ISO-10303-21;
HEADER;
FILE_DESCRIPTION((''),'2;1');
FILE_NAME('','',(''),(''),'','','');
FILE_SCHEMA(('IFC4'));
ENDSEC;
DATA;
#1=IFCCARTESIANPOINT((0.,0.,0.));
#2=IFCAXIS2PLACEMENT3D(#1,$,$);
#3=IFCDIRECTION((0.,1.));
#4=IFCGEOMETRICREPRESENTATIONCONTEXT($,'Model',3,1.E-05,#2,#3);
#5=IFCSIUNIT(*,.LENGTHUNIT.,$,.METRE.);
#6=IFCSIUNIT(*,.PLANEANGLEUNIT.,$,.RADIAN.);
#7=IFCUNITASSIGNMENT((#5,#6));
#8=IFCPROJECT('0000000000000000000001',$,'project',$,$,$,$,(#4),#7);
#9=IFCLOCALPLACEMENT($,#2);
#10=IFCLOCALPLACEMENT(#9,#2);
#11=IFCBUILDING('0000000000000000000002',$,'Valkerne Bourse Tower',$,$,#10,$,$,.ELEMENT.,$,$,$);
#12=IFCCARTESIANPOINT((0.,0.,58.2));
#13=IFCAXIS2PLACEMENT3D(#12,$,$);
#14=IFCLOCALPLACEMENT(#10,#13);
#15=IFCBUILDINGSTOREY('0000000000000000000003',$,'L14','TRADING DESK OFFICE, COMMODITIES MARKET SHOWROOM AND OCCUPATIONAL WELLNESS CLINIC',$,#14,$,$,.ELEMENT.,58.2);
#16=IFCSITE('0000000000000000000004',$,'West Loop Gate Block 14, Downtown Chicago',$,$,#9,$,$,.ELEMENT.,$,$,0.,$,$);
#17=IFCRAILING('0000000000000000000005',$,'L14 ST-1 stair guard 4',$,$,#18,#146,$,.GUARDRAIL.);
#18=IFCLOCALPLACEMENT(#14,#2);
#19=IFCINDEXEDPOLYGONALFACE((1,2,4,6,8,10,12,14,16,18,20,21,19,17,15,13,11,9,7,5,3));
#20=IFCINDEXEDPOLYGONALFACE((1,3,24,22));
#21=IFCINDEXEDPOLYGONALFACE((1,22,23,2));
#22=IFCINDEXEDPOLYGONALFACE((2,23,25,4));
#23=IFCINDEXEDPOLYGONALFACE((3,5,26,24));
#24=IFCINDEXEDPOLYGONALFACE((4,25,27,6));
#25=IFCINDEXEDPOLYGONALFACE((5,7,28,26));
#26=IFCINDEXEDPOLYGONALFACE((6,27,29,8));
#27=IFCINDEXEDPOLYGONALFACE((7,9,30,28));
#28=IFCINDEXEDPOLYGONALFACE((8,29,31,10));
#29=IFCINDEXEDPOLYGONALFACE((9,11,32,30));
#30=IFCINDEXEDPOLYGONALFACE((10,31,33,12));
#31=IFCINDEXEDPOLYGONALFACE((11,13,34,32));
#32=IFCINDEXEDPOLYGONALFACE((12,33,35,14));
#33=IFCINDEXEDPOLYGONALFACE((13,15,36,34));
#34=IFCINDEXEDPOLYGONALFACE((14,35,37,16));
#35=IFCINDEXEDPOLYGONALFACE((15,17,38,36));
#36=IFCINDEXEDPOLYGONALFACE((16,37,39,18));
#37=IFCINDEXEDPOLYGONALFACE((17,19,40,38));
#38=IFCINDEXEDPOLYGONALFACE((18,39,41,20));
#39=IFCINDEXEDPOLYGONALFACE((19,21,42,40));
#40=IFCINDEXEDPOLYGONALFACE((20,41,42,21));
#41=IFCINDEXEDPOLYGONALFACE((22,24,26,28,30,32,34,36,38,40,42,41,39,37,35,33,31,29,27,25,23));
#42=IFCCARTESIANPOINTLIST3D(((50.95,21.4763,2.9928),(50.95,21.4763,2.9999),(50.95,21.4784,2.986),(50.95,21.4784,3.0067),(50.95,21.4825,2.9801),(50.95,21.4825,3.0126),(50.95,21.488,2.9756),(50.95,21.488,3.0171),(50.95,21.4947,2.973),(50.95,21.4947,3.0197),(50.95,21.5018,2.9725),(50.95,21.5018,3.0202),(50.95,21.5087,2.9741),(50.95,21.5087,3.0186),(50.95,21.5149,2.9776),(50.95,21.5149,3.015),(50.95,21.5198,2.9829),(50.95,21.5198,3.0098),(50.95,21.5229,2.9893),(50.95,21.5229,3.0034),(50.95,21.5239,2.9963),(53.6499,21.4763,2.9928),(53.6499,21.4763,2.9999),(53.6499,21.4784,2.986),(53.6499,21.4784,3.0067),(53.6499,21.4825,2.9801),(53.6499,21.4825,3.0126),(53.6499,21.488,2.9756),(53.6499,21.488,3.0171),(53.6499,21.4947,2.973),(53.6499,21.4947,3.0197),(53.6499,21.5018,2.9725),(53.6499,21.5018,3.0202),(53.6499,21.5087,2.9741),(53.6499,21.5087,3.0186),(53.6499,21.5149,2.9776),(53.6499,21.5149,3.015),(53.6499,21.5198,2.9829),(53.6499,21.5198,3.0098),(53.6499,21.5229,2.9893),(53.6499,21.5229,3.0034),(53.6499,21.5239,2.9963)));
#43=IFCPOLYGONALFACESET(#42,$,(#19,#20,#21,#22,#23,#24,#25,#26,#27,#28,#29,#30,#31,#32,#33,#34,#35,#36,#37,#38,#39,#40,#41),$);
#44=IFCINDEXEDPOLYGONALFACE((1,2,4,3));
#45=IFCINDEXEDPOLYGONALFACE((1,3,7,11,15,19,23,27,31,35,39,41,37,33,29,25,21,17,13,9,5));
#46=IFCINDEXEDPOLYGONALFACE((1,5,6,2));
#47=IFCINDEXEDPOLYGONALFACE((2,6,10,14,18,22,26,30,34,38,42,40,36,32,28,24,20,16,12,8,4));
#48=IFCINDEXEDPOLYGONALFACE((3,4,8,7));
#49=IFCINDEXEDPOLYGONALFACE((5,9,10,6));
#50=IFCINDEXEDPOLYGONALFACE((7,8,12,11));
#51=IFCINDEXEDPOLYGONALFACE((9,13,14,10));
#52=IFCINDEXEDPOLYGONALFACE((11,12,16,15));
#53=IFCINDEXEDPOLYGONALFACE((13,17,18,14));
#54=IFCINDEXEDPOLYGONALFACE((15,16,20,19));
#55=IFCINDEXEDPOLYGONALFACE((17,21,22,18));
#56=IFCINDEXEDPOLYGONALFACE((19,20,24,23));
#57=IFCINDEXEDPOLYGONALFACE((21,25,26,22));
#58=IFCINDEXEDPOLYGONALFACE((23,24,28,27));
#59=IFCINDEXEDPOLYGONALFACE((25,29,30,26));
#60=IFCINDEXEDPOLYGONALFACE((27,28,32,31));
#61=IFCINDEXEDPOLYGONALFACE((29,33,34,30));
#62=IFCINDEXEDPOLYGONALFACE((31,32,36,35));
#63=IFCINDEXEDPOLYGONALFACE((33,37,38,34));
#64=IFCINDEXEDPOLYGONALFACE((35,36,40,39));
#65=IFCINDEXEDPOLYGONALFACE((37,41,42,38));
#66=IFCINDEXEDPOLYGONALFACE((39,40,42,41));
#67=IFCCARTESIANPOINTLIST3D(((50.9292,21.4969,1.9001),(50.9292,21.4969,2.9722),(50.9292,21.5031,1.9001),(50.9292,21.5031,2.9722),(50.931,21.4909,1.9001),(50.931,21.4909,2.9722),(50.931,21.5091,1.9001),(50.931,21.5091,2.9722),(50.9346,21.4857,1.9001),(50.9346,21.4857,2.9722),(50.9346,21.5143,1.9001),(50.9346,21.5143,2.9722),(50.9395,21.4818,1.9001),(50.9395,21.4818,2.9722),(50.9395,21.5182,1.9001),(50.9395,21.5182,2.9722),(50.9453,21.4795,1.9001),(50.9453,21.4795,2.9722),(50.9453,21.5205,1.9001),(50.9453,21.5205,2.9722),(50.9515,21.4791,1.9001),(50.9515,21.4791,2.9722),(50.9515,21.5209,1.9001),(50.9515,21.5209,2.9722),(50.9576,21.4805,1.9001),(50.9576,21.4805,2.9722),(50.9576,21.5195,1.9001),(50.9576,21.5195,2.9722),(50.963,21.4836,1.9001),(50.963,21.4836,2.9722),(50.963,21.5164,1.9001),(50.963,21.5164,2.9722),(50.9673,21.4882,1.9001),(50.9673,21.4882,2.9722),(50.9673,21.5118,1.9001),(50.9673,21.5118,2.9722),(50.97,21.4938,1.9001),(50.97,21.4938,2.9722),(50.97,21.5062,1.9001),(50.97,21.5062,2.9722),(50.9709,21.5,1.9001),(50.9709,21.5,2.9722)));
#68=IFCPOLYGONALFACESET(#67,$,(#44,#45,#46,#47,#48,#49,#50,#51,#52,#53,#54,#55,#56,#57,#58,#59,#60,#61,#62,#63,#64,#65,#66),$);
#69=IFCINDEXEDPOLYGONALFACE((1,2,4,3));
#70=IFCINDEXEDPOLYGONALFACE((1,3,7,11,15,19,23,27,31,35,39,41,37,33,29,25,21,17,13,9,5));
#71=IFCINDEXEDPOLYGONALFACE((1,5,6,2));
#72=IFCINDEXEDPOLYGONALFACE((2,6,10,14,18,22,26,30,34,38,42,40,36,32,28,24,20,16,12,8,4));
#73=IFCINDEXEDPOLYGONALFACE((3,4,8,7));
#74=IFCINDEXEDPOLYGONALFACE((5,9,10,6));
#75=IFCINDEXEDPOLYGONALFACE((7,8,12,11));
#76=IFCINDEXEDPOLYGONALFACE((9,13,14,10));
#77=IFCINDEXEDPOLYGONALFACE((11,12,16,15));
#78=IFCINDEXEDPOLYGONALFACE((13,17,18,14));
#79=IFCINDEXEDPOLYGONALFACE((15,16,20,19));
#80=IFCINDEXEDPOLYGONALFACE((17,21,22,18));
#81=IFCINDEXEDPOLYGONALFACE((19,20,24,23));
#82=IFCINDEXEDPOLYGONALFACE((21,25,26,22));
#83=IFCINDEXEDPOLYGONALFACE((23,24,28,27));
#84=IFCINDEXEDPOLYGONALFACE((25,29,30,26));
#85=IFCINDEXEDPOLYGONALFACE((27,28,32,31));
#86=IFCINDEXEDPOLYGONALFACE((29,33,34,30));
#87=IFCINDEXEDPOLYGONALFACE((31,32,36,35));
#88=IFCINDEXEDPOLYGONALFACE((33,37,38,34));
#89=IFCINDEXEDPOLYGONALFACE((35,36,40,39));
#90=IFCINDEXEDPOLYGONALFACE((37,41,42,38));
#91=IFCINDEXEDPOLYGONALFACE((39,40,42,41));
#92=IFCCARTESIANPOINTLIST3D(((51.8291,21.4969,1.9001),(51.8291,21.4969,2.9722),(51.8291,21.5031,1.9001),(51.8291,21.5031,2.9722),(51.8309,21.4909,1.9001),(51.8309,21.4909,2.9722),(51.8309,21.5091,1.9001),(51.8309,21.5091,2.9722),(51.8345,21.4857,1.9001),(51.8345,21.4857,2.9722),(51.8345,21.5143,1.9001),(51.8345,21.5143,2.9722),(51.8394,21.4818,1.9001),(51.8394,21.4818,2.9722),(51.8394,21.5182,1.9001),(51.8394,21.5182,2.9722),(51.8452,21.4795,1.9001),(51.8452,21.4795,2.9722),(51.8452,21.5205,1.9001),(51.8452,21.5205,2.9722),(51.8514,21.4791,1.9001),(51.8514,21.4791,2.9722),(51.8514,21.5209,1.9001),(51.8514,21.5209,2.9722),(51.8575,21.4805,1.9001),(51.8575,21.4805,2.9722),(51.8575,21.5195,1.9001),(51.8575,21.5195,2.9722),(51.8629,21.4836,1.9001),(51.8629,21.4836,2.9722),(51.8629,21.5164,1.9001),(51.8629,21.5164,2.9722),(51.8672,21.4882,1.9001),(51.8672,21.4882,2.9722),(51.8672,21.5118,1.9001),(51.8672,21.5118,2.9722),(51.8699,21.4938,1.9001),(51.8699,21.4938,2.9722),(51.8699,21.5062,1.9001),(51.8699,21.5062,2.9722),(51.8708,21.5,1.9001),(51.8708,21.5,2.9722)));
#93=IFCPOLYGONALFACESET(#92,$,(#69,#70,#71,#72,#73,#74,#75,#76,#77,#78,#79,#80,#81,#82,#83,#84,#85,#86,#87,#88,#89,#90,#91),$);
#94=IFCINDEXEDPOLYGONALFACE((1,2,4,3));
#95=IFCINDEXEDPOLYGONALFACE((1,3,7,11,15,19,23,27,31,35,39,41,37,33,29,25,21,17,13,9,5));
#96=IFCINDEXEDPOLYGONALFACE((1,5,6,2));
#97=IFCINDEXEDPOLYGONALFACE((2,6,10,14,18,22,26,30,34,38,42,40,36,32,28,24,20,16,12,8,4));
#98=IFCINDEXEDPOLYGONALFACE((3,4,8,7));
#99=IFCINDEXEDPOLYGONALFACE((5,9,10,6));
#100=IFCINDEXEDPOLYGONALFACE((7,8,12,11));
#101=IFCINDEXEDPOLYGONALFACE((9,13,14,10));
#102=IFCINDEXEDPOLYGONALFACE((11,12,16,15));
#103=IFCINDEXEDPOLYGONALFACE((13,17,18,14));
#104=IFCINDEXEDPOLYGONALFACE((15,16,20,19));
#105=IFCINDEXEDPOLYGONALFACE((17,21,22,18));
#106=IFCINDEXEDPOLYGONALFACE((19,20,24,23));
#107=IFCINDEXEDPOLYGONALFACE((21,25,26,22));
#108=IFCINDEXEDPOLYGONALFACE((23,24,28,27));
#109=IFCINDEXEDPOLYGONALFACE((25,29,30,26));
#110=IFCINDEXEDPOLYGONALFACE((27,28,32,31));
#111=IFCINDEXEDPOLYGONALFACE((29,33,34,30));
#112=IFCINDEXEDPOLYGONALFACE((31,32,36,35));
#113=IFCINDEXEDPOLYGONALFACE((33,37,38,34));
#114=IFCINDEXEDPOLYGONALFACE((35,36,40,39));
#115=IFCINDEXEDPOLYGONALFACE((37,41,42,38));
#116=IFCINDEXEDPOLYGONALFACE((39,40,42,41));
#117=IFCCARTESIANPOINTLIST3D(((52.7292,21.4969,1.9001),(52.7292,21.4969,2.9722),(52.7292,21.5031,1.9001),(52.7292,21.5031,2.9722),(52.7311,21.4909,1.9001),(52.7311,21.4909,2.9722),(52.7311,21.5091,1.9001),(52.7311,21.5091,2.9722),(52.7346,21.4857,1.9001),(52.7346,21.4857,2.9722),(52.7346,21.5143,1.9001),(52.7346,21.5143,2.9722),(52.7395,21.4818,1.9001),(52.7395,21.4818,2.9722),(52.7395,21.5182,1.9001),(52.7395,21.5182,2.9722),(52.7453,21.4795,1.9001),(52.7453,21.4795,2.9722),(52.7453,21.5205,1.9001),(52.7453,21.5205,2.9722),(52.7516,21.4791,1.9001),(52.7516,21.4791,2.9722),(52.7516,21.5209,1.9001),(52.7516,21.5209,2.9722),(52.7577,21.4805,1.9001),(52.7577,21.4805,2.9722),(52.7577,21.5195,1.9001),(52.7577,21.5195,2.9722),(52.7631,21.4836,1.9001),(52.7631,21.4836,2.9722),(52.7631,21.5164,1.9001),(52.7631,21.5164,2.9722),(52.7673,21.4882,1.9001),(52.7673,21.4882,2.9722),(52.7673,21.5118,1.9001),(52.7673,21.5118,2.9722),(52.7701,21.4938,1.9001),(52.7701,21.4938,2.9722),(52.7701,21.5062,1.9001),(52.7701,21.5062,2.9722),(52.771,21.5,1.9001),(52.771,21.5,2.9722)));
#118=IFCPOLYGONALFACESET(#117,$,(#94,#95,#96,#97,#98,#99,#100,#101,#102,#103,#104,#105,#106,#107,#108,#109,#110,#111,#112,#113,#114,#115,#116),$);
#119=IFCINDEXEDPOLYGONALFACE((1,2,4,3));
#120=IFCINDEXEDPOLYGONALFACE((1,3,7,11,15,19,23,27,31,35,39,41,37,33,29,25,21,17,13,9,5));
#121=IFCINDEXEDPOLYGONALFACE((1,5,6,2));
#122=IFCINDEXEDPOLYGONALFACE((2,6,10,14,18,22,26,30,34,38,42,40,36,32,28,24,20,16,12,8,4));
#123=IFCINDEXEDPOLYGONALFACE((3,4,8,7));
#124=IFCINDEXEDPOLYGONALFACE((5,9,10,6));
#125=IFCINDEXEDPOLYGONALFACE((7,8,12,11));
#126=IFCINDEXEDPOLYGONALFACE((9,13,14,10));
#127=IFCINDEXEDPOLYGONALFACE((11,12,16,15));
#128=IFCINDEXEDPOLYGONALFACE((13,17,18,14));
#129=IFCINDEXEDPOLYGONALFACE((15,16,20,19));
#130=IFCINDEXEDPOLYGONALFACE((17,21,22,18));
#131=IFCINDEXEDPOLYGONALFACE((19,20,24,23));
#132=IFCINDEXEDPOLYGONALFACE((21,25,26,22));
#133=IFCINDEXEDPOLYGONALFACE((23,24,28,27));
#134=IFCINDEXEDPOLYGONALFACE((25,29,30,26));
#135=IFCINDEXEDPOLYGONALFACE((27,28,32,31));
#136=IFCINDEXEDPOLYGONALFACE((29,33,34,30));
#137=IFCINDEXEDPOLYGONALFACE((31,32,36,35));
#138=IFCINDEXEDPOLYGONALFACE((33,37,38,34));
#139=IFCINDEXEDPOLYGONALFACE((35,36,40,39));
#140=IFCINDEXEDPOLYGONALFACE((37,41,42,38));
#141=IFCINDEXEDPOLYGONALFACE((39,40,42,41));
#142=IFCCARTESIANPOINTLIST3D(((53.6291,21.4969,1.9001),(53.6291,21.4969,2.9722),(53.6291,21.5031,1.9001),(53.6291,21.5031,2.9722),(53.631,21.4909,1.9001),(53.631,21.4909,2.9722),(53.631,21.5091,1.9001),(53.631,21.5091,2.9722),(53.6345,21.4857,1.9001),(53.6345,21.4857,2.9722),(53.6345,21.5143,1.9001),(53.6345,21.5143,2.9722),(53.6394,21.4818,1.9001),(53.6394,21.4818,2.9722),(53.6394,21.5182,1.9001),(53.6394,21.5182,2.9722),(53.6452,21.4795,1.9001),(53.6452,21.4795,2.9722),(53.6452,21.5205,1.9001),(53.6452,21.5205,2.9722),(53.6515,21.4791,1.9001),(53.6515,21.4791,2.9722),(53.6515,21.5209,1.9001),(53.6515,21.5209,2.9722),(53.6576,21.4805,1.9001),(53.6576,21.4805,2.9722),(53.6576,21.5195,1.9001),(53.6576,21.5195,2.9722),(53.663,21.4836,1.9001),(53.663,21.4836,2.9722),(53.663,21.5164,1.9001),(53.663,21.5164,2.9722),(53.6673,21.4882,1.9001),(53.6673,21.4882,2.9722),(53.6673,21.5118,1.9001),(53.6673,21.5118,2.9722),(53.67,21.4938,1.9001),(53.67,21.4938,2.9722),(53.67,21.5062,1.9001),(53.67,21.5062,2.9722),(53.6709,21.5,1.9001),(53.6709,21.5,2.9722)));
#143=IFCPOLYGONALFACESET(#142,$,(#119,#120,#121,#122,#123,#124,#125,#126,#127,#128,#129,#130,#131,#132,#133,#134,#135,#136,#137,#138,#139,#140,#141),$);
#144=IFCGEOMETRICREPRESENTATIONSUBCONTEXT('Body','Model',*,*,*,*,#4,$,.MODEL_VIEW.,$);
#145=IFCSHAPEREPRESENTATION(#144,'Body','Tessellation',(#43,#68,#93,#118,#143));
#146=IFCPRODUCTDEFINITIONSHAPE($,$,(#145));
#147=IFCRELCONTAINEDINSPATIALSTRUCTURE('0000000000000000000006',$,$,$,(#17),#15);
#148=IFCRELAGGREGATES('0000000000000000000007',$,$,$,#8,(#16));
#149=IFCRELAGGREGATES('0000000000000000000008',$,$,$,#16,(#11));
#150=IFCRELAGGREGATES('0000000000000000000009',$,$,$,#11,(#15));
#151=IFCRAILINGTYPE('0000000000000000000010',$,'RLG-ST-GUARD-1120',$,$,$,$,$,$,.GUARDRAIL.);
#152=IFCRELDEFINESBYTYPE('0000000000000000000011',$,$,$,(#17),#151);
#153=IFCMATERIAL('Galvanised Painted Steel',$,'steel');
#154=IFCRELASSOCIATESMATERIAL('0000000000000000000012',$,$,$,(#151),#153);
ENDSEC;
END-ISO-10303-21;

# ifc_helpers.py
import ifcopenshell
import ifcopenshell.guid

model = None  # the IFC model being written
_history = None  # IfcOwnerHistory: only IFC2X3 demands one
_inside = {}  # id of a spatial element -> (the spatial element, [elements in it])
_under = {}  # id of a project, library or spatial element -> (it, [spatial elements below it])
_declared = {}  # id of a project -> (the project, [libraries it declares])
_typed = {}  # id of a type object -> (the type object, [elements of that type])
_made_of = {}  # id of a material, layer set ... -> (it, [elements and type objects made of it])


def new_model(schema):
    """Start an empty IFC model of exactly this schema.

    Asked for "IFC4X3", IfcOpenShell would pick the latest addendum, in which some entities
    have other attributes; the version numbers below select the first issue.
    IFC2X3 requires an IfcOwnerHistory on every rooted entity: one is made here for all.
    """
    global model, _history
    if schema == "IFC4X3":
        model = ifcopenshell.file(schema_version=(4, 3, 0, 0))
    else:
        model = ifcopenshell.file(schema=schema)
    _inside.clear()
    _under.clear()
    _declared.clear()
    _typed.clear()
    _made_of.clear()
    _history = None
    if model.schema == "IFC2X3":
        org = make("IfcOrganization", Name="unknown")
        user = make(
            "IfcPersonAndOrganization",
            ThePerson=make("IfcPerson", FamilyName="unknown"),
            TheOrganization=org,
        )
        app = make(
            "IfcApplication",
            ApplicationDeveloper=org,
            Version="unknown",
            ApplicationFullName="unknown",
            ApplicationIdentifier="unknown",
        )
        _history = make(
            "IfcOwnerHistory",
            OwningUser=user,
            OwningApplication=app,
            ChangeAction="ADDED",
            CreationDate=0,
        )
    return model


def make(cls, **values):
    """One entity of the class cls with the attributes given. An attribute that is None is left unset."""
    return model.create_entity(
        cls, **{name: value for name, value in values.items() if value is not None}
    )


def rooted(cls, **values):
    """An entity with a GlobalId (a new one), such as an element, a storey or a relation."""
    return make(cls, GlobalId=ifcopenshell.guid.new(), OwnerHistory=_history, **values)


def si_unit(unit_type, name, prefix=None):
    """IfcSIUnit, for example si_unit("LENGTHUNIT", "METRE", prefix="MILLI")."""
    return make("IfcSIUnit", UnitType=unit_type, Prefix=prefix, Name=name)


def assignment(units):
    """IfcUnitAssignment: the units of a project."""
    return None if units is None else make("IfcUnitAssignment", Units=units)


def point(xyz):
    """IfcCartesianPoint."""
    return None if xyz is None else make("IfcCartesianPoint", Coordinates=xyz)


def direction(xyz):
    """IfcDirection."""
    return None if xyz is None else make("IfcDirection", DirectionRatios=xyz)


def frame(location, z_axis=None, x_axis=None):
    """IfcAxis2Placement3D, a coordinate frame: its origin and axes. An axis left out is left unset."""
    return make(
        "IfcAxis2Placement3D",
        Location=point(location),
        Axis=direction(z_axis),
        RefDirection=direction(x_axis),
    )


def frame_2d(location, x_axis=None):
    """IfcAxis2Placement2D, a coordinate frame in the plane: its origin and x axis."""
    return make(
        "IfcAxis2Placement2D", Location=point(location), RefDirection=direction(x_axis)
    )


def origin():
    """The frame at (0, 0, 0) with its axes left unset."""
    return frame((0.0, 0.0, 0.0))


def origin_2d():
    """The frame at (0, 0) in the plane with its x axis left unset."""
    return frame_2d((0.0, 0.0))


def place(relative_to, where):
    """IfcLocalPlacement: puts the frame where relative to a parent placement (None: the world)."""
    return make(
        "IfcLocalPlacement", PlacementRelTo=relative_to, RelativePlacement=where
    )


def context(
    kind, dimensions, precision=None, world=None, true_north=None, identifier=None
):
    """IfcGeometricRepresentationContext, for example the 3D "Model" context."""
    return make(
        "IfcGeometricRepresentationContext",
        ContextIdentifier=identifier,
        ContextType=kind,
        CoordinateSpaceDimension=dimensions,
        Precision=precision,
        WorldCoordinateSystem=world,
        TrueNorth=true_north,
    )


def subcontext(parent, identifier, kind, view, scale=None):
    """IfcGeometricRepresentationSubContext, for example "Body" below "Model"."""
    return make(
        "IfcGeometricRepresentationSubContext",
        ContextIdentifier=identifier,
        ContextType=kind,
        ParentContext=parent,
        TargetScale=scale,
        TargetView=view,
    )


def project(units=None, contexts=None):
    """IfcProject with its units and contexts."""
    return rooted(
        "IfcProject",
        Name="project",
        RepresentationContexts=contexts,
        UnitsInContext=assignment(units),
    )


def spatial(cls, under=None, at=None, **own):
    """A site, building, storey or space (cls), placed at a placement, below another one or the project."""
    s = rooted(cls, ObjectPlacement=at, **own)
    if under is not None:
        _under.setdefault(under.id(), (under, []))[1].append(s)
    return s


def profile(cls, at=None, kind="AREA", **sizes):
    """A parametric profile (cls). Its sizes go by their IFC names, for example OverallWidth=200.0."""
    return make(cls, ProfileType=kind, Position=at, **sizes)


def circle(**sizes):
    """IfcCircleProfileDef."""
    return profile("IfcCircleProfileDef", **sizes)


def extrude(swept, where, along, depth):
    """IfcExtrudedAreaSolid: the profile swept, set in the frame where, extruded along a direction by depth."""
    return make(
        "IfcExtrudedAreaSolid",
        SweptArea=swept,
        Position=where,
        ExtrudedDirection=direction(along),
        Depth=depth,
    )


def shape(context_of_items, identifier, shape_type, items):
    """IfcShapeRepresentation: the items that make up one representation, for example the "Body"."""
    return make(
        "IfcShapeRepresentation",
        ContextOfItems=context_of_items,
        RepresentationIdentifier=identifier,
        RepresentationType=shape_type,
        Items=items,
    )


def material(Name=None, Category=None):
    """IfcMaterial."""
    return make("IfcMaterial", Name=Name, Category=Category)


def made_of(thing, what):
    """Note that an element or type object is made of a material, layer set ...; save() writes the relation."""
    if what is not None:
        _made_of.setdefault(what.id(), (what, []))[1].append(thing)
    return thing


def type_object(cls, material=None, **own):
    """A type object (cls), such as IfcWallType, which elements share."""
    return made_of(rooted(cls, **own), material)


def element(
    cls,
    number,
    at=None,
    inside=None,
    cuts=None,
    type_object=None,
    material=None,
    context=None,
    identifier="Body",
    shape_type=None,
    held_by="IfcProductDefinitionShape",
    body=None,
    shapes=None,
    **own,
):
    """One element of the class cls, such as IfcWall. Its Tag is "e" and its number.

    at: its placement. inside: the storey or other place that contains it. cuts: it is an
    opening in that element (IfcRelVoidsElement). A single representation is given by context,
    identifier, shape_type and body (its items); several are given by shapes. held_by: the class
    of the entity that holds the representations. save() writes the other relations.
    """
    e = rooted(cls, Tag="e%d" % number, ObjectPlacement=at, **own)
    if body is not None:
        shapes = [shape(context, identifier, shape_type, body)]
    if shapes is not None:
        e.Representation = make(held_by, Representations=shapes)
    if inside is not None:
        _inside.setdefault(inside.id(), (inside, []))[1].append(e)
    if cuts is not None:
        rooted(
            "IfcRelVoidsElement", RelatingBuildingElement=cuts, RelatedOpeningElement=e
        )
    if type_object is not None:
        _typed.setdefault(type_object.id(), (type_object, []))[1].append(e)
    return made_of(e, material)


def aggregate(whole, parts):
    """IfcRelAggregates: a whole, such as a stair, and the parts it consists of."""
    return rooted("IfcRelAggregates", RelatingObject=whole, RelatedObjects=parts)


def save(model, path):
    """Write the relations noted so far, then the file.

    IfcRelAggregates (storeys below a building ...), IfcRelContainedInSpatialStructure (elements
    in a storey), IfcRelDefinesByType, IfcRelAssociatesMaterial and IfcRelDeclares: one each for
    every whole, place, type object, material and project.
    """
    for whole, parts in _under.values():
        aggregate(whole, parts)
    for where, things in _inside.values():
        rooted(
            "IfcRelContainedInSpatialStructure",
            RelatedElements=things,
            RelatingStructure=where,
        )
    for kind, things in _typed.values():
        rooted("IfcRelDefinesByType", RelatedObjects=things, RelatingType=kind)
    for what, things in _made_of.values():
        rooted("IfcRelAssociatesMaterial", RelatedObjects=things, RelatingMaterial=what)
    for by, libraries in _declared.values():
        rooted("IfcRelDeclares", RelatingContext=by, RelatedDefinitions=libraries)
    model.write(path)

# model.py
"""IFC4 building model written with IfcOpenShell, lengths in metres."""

from ifc_helpers import new_model, si_unit, direction, frame, origin, origin_2d, place, context, subcontext, project, spatial, circle, extrude, material, type_object, element, save


model = new_model("IFC4")

# Units and contexts
model_context = context("Model", 3, precision=1e-05, world=origin(), true_north=direction((0.0, 1.0)))
body_context = subcontext(model_context, "Body", "Model", "MODEL_VIEW")
ifc_project = project(units=[si_unit("LENGTHUNIT", "METRE"), si_unit("PLANEANGLEUNIT", "RADIAN")], contexts=[model_context])

# Site, building, storey
site_placement = place(None, origin())
site = spatial("IfcSite", under=ifc_project, at=site_placement, Name="West Loop Gate Block 14, Downtown Chicago", CompositionType="ELEMENT", RefElevation=0.0)
building_placement = place(site_placement, origin())
building = spatial("IfcBuilding", under=site, at=building_placement, Name="Valkerne Bourse Tower", CompositionType="ELEMENT")
storey_placement = place(building_placement, frame((0.0, 0.0, 58.2)))
storey = spatial("IfcBuildingStorey", under=building, at=storey_placement, Name="L14", Description="TRADING DESK OFFICE, COMMODITIES MARKET SHOWROOM AND OCCUPATIONAL WELLNESS CLINIC", CompositionType="ELEMENT", Elevation=58.2)

# Shared definitions
ifc_material_1 = material(Name="Galvanised Painted Steel", Category="steel")

# Railing
railing_type_1 = type_object("IfcRailingType", Name="RLG-ST-GUARD-1120", PredefinedType="GUARDRAIL", material=ifc_material_1)
for number, where, name in (
    (1, (50.95, 21.5, 1.9001), "L14 ST-1 stair guard 4"),
):
    element("IfcRailing", number, at=place(storey_placement, frame(where)), inside=storey, type_object=railing_type_1, Name=name, PredefinedType="GUARDRAIL", context=body_context, shape_type="SweptSolid", body=[
        extrude(circle(Radius=0.0239, at=origin_2d()), frame((0.0, 0.0, 1.0962), z_axis=(1.0, 0.0, 0.0), x_axis=(0.0, 1.0, 0.0)), (0.0, 0.0, 1.0), 2.7),
        extrude(circle(Radius=0.021, at=origin_2d()), origin(), (0.0, 0.0, 1.0), 1.072),
        extrude(circle(Radius=0.021, at=origin_2d()), frame((0.8999, 0.0, 0.0)), (0.0, 0.0, 1.0), 1.072),
        extrude(circle(Radius=0.021, at=origin_2d()), frame((1.8, 0.0, 0.0)), (0.0, 0.0, 1.0), 1.072),
        extrude(circle(Radius=0.021, at=origin_2d()), frame((2.7, 0.0, 0.0)), (0.0, 0.0, 1.0), 1.072),
    ])

save(model, "model.ifc")
